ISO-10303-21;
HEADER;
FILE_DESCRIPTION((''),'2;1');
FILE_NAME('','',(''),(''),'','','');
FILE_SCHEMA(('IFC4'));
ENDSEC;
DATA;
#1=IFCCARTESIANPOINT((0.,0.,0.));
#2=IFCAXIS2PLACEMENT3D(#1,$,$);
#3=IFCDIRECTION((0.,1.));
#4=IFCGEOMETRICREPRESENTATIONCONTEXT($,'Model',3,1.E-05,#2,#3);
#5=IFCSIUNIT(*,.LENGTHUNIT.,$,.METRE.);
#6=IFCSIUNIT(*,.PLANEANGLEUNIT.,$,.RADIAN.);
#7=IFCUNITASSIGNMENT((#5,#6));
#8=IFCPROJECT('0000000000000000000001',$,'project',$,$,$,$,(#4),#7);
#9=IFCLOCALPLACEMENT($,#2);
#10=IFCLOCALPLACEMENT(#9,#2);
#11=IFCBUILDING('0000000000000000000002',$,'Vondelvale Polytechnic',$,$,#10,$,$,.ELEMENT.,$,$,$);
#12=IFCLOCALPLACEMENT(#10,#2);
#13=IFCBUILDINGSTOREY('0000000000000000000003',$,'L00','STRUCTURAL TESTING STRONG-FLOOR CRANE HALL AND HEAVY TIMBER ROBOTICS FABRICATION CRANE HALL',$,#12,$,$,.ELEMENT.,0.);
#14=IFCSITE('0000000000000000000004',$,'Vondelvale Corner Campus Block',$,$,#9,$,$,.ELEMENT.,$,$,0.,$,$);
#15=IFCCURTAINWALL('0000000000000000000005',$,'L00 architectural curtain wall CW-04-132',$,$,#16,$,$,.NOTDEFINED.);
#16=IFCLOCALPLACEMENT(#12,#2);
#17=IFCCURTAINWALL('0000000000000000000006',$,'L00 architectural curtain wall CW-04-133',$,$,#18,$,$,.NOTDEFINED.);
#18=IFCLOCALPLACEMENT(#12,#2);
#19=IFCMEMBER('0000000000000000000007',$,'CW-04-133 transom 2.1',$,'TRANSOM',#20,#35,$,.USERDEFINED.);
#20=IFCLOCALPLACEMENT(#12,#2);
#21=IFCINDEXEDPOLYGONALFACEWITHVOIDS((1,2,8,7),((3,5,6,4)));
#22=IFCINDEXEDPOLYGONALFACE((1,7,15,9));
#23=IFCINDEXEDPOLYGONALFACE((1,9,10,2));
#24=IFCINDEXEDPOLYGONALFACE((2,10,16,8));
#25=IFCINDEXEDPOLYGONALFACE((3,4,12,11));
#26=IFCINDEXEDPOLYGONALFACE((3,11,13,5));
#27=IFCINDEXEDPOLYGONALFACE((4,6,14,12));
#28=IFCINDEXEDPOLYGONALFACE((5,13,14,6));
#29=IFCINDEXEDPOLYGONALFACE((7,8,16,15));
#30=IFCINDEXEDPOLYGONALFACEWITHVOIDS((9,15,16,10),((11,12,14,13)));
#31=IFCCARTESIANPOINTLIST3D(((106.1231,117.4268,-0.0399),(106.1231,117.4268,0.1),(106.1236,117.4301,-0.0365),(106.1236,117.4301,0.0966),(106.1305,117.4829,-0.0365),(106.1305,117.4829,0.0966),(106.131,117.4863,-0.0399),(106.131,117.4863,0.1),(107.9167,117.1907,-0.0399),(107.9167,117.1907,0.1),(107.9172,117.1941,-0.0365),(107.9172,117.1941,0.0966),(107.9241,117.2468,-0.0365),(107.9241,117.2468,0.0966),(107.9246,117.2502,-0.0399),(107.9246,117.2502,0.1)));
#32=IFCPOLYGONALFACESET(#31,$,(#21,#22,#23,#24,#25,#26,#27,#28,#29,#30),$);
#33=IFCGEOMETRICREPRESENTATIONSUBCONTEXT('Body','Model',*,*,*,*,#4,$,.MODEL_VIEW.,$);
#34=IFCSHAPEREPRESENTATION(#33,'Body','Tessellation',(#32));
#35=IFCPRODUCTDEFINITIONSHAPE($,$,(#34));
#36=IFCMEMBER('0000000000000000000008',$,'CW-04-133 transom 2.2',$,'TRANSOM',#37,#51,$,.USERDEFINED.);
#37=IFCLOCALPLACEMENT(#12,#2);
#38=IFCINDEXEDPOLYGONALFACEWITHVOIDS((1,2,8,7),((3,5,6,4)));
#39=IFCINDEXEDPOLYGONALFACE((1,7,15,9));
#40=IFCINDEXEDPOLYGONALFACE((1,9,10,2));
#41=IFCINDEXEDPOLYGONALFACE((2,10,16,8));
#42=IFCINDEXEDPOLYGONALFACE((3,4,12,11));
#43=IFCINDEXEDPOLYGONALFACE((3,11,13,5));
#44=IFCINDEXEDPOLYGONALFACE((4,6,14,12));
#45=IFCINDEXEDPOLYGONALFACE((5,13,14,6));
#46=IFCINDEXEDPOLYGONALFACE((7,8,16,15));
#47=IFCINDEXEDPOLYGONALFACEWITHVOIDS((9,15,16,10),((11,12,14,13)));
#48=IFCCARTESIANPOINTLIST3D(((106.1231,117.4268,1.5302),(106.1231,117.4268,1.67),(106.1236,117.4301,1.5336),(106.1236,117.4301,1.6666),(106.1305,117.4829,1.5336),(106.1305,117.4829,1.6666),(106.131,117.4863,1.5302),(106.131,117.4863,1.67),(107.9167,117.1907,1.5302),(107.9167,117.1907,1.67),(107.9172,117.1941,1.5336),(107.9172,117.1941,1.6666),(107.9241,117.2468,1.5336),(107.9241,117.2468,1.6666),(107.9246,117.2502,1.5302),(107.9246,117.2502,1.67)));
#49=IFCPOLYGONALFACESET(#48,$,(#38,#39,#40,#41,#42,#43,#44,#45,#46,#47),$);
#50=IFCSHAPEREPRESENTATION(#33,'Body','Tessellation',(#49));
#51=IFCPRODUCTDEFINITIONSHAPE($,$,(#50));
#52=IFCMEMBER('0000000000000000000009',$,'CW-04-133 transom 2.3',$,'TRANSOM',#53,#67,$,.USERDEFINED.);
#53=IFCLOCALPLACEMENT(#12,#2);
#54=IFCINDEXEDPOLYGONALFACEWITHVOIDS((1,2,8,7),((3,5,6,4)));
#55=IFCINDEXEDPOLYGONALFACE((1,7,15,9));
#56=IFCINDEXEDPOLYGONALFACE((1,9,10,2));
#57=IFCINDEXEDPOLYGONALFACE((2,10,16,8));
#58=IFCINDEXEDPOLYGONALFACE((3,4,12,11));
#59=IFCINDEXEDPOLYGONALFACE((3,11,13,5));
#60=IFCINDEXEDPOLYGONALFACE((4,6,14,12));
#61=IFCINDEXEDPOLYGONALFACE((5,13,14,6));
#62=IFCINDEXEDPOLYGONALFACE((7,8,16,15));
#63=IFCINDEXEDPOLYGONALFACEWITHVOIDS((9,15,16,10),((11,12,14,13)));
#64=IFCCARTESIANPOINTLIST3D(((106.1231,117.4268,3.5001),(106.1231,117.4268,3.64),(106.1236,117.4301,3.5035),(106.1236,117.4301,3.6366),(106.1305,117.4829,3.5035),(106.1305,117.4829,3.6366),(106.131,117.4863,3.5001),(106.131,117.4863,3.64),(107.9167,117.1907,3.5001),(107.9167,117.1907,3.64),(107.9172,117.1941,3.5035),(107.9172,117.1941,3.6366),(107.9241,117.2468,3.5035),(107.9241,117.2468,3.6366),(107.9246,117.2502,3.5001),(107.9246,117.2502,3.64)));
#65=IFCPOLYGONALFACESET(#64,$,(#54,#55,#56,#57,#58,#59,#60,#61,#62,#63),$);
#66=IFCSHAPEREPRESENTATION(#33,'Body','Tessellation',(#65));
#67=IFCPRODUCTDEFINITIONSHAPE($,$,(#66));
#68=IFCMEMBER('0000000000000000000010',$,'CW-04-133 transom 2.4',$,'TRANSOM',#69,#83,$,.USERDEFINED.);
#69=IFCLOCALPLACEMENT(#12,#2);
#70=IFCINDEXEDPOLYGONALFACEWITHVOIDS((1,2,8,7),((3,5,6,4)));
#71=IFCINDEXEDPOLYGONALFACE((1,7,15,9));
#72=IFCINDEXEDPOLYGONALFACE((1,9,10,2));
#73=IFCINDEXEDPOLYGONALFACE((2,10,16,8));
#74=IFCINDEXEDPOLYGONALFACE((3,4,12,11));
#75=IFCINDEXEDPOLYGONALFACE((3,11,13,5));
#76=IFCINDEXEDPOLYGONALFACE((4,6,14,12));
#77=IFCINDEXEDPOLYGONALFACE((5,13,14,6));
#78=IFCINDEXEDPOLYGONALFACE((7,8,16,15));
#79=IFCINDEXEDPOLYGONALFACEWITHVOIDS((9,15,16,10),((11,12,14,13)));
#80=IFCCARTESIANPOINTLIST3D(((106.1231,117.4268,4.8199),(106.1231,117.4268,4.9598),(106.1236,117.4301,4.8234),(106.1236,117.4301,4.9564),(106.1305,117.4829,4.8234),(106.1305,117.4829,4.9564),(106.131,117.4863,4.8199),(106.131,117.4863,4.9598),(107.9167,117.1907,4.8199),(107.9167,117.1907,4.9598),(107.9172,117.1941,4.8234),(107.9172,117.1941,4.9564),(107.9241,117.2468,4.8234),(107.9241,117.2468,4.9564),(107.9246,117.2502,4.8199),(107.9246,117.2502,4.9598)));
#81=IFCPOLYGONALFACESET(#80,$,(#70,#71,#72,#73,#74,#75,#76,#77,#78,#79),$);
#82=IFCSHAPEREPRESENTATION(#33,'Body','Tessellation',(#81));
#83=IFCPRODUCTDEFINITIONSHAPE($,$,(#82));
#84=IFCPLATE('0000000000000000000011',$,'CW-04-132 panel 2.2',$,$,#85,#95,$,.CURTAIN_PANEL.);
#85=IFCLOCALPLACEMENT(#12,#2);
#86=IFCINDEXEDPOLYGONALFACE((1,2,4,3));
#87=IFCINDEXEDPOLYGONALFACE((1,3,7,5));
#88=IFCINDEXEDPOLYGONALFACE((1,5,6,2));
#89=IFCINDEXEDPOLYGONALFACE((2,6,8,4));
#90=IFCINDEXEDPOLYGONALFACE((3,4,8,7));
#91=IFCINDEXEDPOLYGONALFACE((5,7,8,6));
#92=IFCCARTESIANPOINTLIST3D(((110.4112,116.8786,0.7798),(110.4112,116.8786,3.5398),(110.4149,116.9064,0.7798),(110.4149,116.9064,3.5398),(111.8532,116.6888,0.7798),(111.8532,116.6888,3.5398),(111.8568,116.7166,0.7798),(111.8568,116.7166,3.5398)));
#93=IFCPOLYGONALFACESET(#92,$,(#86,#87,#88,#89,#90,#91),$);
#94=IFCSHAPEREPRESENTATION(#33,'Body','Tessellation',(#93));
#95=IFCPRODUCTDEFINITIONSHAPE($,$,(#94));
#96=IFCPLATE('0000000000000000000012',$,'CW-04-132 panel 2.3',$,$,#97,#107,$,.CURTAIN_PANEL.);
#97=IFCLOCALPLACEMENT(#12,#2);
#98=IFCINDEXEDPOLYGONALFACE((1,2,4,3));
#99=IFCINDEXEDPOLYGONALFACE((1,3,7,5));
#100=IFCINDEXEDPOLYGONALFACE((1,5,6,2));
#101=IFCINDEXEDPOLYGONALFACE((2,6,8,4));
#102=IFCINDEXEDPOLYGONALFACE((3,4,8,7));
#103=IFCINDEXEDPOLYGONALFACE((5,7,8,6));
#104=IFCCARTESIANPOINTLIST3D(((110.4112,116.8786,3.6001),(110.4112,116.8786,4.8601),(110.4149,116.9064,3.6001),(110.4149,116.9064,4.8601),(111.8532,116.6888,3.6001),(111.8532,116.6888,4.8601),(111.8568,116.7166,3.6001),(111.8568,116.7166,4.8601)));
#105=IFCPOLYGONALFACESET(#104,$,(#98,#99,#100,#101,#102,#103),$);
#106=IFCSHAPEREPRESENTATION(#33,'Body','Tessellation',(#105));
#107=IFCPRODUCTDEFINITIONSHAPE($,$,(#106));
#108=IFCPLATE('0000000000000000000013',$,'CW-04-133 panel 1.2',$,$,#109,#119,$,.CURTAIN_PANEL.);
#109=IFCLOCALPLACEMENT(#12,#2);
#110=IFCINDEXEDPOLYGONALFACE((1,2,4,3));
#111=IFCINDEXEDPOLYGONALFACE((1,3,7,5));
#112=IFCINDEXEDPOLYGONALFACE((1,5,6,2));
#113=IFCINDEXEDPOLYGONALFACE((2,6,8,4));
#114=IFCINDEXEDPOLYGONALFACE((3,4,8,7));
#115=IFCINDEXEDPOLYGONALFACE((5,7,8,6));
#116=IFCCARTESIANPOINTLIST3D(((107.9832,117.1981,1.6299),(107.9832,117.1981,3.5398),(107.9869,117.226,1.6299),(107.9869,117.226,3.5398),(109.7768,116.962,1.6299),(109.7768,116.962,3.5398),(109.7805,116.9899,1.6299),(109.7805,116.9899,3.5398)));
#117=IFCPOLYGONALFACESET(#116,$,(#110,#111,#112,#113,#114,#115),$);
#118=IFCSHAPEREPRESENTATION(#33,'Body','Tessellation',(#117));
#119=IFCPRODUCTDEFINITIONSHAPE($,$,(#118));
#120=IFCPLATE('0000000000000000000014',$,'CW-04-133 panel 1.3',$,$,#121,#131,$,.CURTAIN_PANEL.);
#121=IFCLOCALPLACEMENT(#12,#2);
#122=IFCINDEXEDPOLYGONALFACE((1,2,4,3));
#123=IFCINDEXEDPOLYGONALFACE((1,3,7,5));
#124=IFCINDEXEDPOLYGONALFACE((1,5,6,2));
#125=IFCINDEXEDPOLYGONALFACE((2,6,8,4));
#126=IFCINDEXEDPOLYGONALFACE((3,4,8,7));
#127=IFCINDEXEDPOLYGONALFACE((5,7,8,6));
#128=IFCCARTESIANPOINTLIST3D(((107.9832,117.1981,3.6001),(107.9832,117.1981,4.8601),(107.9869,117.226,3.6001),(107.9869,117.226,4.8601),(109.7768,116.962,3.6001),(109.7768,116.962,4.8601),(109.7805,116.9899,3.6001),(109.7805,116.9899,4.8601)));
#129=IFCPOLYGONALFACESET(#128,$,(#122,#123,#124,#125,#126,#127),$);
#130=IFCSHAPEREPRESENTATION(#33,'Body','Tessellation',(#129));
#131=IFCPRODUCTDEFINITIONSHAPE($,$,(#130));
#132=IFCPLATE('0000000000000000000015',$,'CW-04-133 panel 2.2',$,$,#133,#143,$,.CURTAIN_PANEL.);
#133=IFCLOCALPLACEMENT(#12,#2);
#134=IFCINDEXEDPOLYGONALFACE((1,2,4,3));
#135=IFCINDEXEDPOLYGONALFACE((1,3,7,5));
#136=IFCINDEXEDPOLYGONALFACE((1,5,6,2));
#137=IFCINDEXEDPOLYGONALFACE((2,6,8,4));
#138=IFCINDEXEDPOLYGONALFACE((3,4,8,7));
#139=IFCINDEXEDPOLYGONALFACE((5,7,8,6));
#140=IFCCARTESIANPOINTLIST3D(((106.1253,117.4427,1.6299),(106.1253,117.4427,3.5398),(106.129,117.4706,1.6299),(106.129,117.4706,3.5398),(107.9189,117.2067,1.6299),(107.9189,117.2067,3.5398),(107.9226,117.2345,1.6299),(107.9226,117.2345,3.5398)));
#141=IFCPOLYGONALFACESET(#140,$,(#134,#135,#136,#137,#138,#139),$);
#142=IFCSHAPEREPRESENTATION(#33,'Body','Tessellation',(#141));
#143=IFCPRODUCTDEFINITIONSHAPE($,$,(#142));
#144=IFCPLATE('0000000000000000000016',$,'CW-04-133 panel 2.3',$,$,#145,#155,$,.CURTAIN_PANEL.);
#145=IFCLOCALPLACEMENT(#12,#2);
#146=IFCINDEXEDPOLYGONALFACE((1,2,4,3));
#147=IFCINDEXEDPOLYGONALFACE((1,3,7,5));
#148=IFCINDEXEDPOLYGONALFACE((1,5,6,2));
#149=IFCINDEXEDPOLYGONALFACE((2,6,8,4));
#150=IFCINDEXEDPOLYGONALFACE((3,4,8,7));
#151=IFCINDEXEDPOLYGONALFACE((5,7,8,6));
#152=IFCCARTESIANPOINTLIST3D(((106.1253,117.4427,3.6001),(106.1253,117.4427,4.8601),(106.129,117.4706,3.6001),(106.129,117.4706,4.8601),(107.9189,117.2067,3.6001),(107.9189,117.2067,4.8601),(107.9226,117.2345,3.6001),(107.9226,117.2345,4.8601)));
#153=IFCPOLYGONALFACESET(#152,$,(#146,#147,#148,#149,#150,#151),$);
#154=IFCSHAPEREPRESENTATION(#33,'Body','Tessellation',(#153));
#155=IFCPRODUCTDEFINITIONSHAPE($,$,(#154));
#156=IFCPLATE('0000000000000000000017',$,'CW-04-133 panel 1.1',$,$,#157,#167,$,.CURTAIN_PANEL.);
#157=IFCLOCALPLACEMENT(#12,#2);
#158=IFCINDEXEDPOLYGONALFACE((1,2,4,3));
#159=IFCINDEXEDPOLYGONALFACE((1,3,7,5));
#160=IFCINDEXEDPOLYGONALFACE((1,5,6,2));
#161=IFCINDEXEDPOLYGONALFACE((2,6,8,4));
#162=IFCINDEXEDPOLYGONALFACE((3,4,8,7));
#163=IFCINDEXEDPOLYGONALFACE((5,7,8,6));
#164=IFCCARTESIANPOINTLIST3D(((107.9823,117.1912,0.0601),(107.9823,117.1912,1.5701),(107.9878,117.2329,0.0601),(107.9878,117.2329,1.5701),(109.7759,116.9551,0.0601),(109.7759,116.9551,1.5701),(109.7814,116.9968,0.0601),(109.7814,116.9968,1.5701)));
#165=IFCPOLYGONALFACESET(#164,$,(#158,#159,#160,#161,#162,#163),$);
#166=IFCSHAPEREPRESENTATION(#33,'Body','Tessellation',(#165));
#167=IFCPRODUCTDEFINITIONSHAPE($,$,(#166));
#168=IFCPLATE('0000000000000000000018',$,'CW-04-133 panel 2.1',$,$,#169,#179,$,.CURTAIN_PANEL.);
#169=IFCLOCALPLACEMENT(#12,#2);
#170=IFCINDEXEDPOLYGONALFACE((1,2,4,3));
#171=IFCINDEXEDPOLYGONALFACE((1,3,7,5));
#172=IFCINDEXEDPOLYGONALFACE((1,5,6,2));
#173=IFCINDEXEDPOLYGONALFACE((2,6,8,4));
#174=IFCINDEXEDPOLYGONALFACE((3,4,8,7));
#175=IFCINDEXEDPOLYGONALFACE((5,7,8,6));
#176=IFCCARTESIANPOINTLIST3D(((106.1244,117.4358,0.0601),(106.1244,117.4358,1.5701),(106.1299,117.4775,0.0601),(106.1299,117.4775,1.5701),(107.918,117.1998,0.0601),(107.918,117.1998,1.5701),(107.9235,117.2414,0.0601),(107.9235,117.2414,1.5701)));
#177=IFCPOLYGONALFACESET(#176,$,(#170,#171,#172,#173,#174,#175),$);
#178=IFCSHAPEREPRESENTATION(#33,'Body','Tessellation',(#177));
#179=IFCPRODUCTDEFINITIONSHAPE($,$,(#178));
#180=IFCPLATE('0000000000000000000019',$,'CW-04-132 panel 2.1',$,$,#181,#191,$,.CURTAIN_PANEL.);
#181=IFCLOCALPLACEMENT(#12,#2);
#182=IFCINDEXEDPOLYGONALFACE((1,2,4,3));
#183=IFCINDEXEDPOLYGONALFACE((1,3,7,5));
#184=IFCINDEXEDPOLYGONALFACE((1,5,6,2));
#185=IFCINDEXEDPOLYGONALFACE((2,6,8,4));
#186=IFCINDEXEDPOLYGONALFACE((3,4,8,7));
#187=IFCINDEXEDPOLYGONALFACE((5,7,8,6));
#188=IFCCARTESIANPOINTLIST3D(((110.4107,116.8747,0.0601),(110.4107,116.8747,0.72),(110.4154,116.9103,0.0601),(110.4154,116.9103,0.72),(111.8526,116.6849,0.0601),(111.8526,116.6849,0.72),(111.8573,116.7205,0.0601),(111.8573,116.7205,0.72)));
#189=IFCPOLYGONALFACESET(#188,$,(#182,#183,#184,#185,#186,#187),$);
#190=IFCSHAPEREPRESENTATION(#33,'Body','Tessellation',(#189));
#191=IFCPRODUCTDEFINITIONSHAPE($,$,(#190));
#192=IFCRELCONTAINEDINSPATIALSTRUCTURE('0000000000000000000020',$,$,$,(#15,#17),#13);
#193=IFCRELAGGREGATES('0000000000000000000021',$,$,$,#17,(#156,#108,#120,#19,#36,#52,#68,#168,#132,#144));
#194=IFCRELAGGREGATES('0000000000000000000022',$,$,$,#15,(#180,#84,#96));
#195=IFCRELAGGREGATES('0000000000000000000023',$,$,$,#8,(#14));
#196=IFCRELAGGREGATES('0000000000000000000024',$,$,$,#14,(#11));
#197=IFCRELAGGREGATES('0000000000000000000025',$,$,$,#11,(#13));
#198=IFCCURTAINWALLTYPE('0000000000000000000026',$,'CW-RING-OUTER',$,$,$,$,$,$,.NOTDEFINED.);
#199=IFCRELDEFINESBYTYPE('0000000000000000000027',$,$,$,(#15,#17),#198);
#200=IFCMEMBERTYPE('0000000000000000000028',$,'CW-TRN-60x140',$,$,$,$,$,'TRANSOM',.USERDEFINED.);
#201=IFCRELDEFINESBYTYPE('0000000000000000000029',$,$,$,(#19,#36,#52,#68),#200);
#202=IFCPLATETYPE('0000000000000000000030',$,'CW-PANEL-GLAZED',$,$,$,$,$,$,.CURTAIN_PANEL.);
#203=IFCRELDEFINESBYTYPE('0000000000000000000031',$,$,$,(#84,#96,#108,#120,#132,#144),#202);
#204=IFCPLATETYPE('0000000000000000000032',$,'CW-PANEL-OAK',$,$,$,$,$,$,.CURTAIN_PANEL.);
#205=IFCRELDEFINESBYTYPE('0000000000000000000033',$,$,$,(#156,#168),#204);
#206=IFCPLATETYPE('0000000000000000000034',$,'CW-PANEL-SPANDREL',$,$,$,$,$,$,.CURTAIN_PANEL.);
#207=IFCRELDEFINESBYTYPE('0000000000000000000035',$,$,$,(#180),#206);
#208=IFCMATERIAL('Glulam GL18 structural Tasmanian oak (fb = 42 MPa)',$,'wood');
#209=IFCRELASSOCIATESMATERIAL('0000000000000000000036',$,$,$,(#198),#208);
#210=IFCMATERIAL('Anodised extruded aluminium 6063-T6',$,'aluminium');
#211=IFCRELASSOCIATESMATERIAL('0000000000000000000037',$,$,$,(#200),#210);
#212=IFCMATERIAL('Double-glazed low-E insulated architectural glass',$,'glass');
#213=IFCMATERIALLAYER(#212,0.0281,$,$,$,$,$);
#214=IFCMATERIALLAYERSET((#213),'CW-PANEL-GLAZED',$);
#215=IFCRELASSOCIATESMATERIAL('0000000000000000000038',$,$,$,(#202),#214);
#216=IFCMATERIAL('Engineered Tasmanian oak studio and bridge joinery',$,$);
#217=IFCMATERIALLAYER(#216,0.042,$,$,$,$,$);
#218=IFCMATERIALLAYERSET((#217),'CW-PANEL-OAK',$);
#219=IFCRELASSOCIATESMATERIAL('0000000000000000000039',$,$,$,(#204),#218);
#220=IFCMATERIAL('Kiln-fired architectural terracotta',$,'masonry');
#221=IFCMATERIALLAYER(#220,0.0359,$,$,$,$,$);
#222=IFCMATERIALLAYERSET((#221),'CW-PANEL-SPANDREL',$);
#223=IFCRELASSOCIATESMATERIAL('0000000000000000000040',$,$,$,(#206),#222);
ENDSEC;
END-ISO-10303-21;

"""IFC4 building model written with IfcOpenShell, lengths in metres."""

from ifc_helpers import new_model, si_unit, direction, frame, origin, origin_2d, place, context, subcontext, project, spatial, rectangle, hollow_rectangle, extrude, material, layer, layer_set, material_profile, profile_set, type_object, element, aggregate, save


model = new_model("IFC4")

# Units and contexts
model_context = context("Model", 3, precision=1e-05, world=origin(), true_north=direction((0.0, 1.0)))
body_context = subcontext(model_context, "Body", "Model", "MODEL_VIEW")
ifc_project = project(units=[si_unit("LENGTHUNIT", "METRE"), si_unit("PLANEANGLEUNIT", "RADIAN")], contexts=[model_context])

# Site, building, storey
site_placement = place(None, origin())
site = spatial("IfcSite", under=ifc_project, at=site_placement, Name="Vondelvale Corner Campus Block", CompositionType="ELEMENT", RefElevation=0.0)
building_placement = place(site_placement, origin())
building = spatial("IfcBuilding", under=site, at=building_placement, Name="Vondelvale Polytechnic", CompositionType="ELEMENT")
storey_placement = place(building_placement, origin())
storey = spatial("IfcBuildingStorey", under=building, at=storey_placement, Name="L00", Description="STRUCTURAL TESTING STRONG-FLOOR CRANE HALL AND HEAVY TIMBER ROBOTICS FABRICATION CRANE HALL", CompositionType="ELEMENT", Elevation=0.0)

# Shared definitions
ifc_material_1 = material(Name="Glulam GL18 structural Tasmanian oak (fb = 42 MPa)", Category="wood")

# Curtain wall
curtain_wall_type = type_object("IfcCurtainWallType", Name="CW-RING-OUTER", PredefinedType="NOTDEFINED", material=ifc_material_1)
curtain_wall_1_placement = place(storey_placement, origin())
curtain_wall_1 = element("IfcCurtainWall", 1, at=curtain_wall_1_placement, inside=storey, type_object=curtain_wall_type, Name="L00 architectural curtain wall CW-04-132", PredefinedType="NOTDEFINED")
ifc_material_2 = material(Name="Anodised extruded aluminium 6063-T6", Category="aluminium")

# Curtain wall, members
curtain_wall_2_placement = place(storey_placement, origin())
curtain_wall_2 = element("IfcCurtainWall", 2, at=curtain_wall_2_placement, inside=storey, type_object=curtain_wall_type, Name="L00 architectural curtain wall CW-04-133", PredefinedType="NOTDEFINED")
ifc_material_profile_1 = material_profile(ifc_material_2, hollow_rectangle(XDim=0.0601, YDim=0.1399, WallThickness=0.0034, at=origin_2d()), Name="CW-TRN-140x60")
ifc_profile_set_1 = profile_set([ifc_material_profile_1], Name="Anodised extruded aluminium 6063-T6")
member_type_1 = type_object("IfcMemberType", Name="CW-TRN-60x140", ElementType="TRANSOM", PredefinedType="USERDEFINED", material=ifc_profile_set_1)
member_1_placement = place(storey_placement, frame((107.9207, 117.2205, 0.03), z_axis=(-0.991449, 0.130493, 0.0), x_axis=(-0.130493, -0.991449, 0.0)))
member_1 = element("IfcMember", 3, at=member_1_placement, type_object=member_type_1, Name="CW-04-133 transom 2.1", ObjectType="TRANSOM", PredefinedType="USERDEFINED", context=body_context, shape_type="SweptSolid", body=[
    extrude(hollow_rectangle(XDim=0.0601, YDim=0.1399, WallThickness=0.0034, at=origin_2d()), origin(), (0.0, 0.0, 1.0), 1.8091),
])
member_2_placement = place(storey_placement, frame((107.9207, 117.2205, 1.6001), z_axis=(-0.991449, 0.130493, 0.0), x_axis=(-0.130493, -0.991449, 0.0)))
member_2 = element("IfcMember", 4, at=member_2_placement, type_object=member_type_1, Name="CW-04-133 transom 2.2", ObjectType="TRANSOM", PredefinedType="USERDEFINED", context=body_context, shape_type="SweptSolid", body=[
    extrude(hollow_rectangle(XDim=0.0601, YDim=0.1399, WallThickness=0.0034, at=origin_2d()), origin(), (0.0, 0.0, 1.0), 1.8091),
])
member_3_placement = place(storey_placement, frame((107.9207, 117.2205, 3.5701), z_axis=(-0.991449, 0.130493, 0.0), x_axis=(-0.130493, -0.991449, 0.0)))
member_3 = element("IfcMember", 5, at=member_3_placement, type_object=member_type_1, Name="CW-04-133 transom 2.3", ObjectType="TRANSOM", PredefinedType="USERDEFINED", context=body_context, shape_type="SweptSolid", body=[
    extrude(hollow_rectangle(XDim=0.0601, YDim=0.1399, WallThickness=0.0034, at=origin_2d()), origin(), (0.0, 0.0, 1.0), 1.8091),
])
member_4_placement = place(storey_placement, frame((107.9207, 117.2205, 4.8899), z_axis=(-0.991449, 0.130493, 0.0), x_axis=(-0.130493, -0.991449, 0.0)))
member_4 = element("IfcMember", 6, at=member_4_placement, type_object=member_type_1, Name="CW-04-133 transom 2.4", ObjectType="TRANSOM", PredefinedType="USERDEFINED", context=body_context, shape_type="SweptSolid", body=[
    extrude(hollow_rectangle(XDim=0.0601, YDim=0.1399, WallThickness=0.0034, at=origin_2d()), origin(), (0.0, 0.0, 1.0), 1.8091),
])

# Plates
ifc_material_3 = material(Name="Double-glazed low-E insulated architectural glass", Category="glass")
ifc_layer_1 = layer(ifc_material_3, 0.0281)
ifc_layer_set_1 = layer_set([ifc_layer_1], Name="CW-PANEL-GLAZED")
plate_type_1 = type_object("IfcPlateType", Name="CW-PANEL-GLAZED", PredefinedType="CURTAIN_PANEL", material=ifc_layer_set_1)
plate_1_placement = place(storey_placement, frame((111.134, 116.7976, 0.7798), z_axis=(0.0, 0.0, 1.0), x_axis=(-0.991445, 0.130524, 0.0)))
plate_1 = element("IfcPlate", 7, at=plate_1_placement, type_object=plate_type_1, Name="CW-04-132 panel 2.2", PredefinedType="CURTAIN_PANEL", context=body_context, shape_type="SweptSolid", body=[
    extrude(rectangle(XDim=1.4543, YDim=0.0281, at=origin_2d()), origin(), (0.0, 0.0, 1.0), 2.76),
])
plate_2_placement = place(storey_placement, frame((111.134, 116.7976, 3.6001), z_axis=(0.0, 0.0, 1.0), x_axis=(-0.991445, 0.130524, 0.0)))
plate_2 = element("IfcPlate", 8, at=plate_2_placement, type_object=plate_type_1, Name="CW-04-132 panel 2.3", PredefinedType="CURTAIN_PANEL", context=body_context, shape_type="SweptSolid", body=[
    extrude(rectangle(XDim=1.4543, YDim=0.0281, at=origin_2d()), origin(), (0.0, 0.0, 1.0), 1.26),
])
plate_3_placement = place(storey_placement, frame((108.8818, 117.094, 1.6299), z_axis=(0.0, 0.0, 1.0), x_axis=(-0.991449, 0.130497, 0.0)))
plate_3 = element("IfcPlate", 9, at=plate_3_placement, type_object=plate_type_1, Name="CW-04-133 panel 1.2", PredefinedType="CURTAIN_PANEL", context=body_context, shape_type="SweptSolid", body=[
    extrude(rectangle(XDim=1.8091, YDim=0.0281, at=origin_2d()), origin(), (0.0, 0.0, 1.0), 1.9099),
])
plate_4_placement = place(storey_placement, frame((108.8818, 117.094, 3.6001), z_axis=(0.0, 0.0, 1.0), x_axis=(-0.991449, 0.130497, 0.0)))
plate_4 = element("IfcPlate", 10, at=plate_4_placement, type_object=plate_type_1, Name="CW-04-133 panel 1.3", PredefinedType="CURTAIN_PANEL", context=body_context, shape_type="SweptSolid", body=[
    extrude(rectangle(XDim=1.8091, YDim=0.0281, at=origin_2d()), origin(), (0.0, 0.0, 1.0), 1.26),
])
plate_5_placement = place(storey_placement, frame((107.0239, 117.3386, 1.6299), z_axis=(0.0, 0.0, 1.0), x_axis=(-0.991449, 0.130497, 0.0)))
plate_5 = element("IfcPlate", 11, at=plate_5_placement, type_object=plate_type_1, Name="CW-04-133 panel 2.2", PredefinedType="CURTAIN_PANEL", context=body_context, shape_type="SweptSolid", body=[
    extrude(rectangle(XDim=1.8091, YDim=0.0281, at=origin_2d()), origin(), (0.0, 0.0, 1.0), 1.9099),
])
plate_6_placement = place(storey_placement, frame((107.0239, 117.3386, 3.6001), z_axis=(0.0, 0.0, 1.0), x_axis=(-0.991449, 0.130497, 0.0)))
plate_6 = element("IfcPlate", 12, at=plate_6_placement, type_object=plate_type_1, Name="CW-04-133 panel 2.3", PredefinedType="CURTAIN_PANEL", context=body_context, shape_type="SweptSolid", body=[
    extrude(rectangle(XDim=1.8091, YDim=0.0281, at=origin_2d()), origin(), (0.0, 0.0, 1.0), 1.26),
])
ifc_material_4 = material(Name="Engineered Tasmanian oak studio and bridge joinery")
ifc_layer_2 = layer(ifc_material_4, 0.042)
ifc_layer_set_2 = layer_set([ifc_layer_2], Name="CW-PANEL-OAK")
plate_type_2 = type_object("IfcPlateType", Name="CW-PANEL-OAK", PredefinedType="CURTAIN_PANEL", material=ifc_layer_set_2)
plate_7_placement = place(storey_placement, frame((108.8818, 117.094, 0.0601), z_axis=(0.0, 0.0, 1.0), x_axis=(-0.991449, 0.130497, 0.0)))
plate_7 = element("IfcPlate", 13, at=plate_7_placement, type_object=plate_type_2, Name="CW-04-133 panel 1.1", PredefinedType="CURTAIN_PANEL", context=body_context, shape_type="SweptSolid", body=[
    extrude(rectangle(XDim=1.8091, YDim=0.042, at=origin_2d()), origin(), (0.0, 0.0, 1.0), 1.51),
])
plate_8_placement = place(storey_placement, frame((107.0239, 117.3386, 0.0601), z_axis=(0.0, 0.0, 1.0), x_axis=(-0.991449, 0.130497, 0.0)))
plate_8 = element("IfcPlate", 14, at=plate_8_placement, type_object=plate_type_2, Name="CW-04-133 panel 2.1", PredefinedType="CURTAIN_PANEL", context=body_context, shape_type="SweptSolid", body=[
    extrude(rectangle(XDim=1.8091, YDim=0.042, at=origin_2d()), origin(), (0.0, 0.0, 1.0), 1.51),
])
aggregate(curtain_wall_2, [plate_7, plate_3, plate_4, member_1, member_2, member_3, member_4, plate_8, plate_5, plate_6])
ifc_material_5 = material(Name="Kiln-fired architectural terracotta", Category="masonry")
ifc_layer_3 = layer(ifc_material_5, 0.0359)
ifc_layer_set_3 = layer_set([ifc_layer_3], Name="CW-PANEL-SPANDREL")
plate_type_3 = type_object("IfcPlateType", Name="CW-PANEL-SPANDREL", PredefinedType="CURTAIN_PANEL", material=ifc_layer_set_3)
plate_9_placement = place(storey_placement, frame((111.134, 116.7976, 0.0601), z_axis=(0.0, 0.0, 1.0), x_axis=(-0.991445, 0.130524, 0.0)))
plate_9 = element("IfcPlate", 15, at=plate_9_placement, type_object=plate_type_3, Name="CW-04-132 panel 2.1", PredefinedType="CURTAIN_PANEL", context=body_context, shape_type="SweptSolid", body=[
    extrude(rectangle(XDim=1.4543, YDim=0.0359, at=origin_2d()), origin(), (0.0, 0.0, 1.0), 0.6599),
])
aggregate(curtain_wall_1, [plate_9, plate_1, plate_2])

save(model, "model.ifc")
